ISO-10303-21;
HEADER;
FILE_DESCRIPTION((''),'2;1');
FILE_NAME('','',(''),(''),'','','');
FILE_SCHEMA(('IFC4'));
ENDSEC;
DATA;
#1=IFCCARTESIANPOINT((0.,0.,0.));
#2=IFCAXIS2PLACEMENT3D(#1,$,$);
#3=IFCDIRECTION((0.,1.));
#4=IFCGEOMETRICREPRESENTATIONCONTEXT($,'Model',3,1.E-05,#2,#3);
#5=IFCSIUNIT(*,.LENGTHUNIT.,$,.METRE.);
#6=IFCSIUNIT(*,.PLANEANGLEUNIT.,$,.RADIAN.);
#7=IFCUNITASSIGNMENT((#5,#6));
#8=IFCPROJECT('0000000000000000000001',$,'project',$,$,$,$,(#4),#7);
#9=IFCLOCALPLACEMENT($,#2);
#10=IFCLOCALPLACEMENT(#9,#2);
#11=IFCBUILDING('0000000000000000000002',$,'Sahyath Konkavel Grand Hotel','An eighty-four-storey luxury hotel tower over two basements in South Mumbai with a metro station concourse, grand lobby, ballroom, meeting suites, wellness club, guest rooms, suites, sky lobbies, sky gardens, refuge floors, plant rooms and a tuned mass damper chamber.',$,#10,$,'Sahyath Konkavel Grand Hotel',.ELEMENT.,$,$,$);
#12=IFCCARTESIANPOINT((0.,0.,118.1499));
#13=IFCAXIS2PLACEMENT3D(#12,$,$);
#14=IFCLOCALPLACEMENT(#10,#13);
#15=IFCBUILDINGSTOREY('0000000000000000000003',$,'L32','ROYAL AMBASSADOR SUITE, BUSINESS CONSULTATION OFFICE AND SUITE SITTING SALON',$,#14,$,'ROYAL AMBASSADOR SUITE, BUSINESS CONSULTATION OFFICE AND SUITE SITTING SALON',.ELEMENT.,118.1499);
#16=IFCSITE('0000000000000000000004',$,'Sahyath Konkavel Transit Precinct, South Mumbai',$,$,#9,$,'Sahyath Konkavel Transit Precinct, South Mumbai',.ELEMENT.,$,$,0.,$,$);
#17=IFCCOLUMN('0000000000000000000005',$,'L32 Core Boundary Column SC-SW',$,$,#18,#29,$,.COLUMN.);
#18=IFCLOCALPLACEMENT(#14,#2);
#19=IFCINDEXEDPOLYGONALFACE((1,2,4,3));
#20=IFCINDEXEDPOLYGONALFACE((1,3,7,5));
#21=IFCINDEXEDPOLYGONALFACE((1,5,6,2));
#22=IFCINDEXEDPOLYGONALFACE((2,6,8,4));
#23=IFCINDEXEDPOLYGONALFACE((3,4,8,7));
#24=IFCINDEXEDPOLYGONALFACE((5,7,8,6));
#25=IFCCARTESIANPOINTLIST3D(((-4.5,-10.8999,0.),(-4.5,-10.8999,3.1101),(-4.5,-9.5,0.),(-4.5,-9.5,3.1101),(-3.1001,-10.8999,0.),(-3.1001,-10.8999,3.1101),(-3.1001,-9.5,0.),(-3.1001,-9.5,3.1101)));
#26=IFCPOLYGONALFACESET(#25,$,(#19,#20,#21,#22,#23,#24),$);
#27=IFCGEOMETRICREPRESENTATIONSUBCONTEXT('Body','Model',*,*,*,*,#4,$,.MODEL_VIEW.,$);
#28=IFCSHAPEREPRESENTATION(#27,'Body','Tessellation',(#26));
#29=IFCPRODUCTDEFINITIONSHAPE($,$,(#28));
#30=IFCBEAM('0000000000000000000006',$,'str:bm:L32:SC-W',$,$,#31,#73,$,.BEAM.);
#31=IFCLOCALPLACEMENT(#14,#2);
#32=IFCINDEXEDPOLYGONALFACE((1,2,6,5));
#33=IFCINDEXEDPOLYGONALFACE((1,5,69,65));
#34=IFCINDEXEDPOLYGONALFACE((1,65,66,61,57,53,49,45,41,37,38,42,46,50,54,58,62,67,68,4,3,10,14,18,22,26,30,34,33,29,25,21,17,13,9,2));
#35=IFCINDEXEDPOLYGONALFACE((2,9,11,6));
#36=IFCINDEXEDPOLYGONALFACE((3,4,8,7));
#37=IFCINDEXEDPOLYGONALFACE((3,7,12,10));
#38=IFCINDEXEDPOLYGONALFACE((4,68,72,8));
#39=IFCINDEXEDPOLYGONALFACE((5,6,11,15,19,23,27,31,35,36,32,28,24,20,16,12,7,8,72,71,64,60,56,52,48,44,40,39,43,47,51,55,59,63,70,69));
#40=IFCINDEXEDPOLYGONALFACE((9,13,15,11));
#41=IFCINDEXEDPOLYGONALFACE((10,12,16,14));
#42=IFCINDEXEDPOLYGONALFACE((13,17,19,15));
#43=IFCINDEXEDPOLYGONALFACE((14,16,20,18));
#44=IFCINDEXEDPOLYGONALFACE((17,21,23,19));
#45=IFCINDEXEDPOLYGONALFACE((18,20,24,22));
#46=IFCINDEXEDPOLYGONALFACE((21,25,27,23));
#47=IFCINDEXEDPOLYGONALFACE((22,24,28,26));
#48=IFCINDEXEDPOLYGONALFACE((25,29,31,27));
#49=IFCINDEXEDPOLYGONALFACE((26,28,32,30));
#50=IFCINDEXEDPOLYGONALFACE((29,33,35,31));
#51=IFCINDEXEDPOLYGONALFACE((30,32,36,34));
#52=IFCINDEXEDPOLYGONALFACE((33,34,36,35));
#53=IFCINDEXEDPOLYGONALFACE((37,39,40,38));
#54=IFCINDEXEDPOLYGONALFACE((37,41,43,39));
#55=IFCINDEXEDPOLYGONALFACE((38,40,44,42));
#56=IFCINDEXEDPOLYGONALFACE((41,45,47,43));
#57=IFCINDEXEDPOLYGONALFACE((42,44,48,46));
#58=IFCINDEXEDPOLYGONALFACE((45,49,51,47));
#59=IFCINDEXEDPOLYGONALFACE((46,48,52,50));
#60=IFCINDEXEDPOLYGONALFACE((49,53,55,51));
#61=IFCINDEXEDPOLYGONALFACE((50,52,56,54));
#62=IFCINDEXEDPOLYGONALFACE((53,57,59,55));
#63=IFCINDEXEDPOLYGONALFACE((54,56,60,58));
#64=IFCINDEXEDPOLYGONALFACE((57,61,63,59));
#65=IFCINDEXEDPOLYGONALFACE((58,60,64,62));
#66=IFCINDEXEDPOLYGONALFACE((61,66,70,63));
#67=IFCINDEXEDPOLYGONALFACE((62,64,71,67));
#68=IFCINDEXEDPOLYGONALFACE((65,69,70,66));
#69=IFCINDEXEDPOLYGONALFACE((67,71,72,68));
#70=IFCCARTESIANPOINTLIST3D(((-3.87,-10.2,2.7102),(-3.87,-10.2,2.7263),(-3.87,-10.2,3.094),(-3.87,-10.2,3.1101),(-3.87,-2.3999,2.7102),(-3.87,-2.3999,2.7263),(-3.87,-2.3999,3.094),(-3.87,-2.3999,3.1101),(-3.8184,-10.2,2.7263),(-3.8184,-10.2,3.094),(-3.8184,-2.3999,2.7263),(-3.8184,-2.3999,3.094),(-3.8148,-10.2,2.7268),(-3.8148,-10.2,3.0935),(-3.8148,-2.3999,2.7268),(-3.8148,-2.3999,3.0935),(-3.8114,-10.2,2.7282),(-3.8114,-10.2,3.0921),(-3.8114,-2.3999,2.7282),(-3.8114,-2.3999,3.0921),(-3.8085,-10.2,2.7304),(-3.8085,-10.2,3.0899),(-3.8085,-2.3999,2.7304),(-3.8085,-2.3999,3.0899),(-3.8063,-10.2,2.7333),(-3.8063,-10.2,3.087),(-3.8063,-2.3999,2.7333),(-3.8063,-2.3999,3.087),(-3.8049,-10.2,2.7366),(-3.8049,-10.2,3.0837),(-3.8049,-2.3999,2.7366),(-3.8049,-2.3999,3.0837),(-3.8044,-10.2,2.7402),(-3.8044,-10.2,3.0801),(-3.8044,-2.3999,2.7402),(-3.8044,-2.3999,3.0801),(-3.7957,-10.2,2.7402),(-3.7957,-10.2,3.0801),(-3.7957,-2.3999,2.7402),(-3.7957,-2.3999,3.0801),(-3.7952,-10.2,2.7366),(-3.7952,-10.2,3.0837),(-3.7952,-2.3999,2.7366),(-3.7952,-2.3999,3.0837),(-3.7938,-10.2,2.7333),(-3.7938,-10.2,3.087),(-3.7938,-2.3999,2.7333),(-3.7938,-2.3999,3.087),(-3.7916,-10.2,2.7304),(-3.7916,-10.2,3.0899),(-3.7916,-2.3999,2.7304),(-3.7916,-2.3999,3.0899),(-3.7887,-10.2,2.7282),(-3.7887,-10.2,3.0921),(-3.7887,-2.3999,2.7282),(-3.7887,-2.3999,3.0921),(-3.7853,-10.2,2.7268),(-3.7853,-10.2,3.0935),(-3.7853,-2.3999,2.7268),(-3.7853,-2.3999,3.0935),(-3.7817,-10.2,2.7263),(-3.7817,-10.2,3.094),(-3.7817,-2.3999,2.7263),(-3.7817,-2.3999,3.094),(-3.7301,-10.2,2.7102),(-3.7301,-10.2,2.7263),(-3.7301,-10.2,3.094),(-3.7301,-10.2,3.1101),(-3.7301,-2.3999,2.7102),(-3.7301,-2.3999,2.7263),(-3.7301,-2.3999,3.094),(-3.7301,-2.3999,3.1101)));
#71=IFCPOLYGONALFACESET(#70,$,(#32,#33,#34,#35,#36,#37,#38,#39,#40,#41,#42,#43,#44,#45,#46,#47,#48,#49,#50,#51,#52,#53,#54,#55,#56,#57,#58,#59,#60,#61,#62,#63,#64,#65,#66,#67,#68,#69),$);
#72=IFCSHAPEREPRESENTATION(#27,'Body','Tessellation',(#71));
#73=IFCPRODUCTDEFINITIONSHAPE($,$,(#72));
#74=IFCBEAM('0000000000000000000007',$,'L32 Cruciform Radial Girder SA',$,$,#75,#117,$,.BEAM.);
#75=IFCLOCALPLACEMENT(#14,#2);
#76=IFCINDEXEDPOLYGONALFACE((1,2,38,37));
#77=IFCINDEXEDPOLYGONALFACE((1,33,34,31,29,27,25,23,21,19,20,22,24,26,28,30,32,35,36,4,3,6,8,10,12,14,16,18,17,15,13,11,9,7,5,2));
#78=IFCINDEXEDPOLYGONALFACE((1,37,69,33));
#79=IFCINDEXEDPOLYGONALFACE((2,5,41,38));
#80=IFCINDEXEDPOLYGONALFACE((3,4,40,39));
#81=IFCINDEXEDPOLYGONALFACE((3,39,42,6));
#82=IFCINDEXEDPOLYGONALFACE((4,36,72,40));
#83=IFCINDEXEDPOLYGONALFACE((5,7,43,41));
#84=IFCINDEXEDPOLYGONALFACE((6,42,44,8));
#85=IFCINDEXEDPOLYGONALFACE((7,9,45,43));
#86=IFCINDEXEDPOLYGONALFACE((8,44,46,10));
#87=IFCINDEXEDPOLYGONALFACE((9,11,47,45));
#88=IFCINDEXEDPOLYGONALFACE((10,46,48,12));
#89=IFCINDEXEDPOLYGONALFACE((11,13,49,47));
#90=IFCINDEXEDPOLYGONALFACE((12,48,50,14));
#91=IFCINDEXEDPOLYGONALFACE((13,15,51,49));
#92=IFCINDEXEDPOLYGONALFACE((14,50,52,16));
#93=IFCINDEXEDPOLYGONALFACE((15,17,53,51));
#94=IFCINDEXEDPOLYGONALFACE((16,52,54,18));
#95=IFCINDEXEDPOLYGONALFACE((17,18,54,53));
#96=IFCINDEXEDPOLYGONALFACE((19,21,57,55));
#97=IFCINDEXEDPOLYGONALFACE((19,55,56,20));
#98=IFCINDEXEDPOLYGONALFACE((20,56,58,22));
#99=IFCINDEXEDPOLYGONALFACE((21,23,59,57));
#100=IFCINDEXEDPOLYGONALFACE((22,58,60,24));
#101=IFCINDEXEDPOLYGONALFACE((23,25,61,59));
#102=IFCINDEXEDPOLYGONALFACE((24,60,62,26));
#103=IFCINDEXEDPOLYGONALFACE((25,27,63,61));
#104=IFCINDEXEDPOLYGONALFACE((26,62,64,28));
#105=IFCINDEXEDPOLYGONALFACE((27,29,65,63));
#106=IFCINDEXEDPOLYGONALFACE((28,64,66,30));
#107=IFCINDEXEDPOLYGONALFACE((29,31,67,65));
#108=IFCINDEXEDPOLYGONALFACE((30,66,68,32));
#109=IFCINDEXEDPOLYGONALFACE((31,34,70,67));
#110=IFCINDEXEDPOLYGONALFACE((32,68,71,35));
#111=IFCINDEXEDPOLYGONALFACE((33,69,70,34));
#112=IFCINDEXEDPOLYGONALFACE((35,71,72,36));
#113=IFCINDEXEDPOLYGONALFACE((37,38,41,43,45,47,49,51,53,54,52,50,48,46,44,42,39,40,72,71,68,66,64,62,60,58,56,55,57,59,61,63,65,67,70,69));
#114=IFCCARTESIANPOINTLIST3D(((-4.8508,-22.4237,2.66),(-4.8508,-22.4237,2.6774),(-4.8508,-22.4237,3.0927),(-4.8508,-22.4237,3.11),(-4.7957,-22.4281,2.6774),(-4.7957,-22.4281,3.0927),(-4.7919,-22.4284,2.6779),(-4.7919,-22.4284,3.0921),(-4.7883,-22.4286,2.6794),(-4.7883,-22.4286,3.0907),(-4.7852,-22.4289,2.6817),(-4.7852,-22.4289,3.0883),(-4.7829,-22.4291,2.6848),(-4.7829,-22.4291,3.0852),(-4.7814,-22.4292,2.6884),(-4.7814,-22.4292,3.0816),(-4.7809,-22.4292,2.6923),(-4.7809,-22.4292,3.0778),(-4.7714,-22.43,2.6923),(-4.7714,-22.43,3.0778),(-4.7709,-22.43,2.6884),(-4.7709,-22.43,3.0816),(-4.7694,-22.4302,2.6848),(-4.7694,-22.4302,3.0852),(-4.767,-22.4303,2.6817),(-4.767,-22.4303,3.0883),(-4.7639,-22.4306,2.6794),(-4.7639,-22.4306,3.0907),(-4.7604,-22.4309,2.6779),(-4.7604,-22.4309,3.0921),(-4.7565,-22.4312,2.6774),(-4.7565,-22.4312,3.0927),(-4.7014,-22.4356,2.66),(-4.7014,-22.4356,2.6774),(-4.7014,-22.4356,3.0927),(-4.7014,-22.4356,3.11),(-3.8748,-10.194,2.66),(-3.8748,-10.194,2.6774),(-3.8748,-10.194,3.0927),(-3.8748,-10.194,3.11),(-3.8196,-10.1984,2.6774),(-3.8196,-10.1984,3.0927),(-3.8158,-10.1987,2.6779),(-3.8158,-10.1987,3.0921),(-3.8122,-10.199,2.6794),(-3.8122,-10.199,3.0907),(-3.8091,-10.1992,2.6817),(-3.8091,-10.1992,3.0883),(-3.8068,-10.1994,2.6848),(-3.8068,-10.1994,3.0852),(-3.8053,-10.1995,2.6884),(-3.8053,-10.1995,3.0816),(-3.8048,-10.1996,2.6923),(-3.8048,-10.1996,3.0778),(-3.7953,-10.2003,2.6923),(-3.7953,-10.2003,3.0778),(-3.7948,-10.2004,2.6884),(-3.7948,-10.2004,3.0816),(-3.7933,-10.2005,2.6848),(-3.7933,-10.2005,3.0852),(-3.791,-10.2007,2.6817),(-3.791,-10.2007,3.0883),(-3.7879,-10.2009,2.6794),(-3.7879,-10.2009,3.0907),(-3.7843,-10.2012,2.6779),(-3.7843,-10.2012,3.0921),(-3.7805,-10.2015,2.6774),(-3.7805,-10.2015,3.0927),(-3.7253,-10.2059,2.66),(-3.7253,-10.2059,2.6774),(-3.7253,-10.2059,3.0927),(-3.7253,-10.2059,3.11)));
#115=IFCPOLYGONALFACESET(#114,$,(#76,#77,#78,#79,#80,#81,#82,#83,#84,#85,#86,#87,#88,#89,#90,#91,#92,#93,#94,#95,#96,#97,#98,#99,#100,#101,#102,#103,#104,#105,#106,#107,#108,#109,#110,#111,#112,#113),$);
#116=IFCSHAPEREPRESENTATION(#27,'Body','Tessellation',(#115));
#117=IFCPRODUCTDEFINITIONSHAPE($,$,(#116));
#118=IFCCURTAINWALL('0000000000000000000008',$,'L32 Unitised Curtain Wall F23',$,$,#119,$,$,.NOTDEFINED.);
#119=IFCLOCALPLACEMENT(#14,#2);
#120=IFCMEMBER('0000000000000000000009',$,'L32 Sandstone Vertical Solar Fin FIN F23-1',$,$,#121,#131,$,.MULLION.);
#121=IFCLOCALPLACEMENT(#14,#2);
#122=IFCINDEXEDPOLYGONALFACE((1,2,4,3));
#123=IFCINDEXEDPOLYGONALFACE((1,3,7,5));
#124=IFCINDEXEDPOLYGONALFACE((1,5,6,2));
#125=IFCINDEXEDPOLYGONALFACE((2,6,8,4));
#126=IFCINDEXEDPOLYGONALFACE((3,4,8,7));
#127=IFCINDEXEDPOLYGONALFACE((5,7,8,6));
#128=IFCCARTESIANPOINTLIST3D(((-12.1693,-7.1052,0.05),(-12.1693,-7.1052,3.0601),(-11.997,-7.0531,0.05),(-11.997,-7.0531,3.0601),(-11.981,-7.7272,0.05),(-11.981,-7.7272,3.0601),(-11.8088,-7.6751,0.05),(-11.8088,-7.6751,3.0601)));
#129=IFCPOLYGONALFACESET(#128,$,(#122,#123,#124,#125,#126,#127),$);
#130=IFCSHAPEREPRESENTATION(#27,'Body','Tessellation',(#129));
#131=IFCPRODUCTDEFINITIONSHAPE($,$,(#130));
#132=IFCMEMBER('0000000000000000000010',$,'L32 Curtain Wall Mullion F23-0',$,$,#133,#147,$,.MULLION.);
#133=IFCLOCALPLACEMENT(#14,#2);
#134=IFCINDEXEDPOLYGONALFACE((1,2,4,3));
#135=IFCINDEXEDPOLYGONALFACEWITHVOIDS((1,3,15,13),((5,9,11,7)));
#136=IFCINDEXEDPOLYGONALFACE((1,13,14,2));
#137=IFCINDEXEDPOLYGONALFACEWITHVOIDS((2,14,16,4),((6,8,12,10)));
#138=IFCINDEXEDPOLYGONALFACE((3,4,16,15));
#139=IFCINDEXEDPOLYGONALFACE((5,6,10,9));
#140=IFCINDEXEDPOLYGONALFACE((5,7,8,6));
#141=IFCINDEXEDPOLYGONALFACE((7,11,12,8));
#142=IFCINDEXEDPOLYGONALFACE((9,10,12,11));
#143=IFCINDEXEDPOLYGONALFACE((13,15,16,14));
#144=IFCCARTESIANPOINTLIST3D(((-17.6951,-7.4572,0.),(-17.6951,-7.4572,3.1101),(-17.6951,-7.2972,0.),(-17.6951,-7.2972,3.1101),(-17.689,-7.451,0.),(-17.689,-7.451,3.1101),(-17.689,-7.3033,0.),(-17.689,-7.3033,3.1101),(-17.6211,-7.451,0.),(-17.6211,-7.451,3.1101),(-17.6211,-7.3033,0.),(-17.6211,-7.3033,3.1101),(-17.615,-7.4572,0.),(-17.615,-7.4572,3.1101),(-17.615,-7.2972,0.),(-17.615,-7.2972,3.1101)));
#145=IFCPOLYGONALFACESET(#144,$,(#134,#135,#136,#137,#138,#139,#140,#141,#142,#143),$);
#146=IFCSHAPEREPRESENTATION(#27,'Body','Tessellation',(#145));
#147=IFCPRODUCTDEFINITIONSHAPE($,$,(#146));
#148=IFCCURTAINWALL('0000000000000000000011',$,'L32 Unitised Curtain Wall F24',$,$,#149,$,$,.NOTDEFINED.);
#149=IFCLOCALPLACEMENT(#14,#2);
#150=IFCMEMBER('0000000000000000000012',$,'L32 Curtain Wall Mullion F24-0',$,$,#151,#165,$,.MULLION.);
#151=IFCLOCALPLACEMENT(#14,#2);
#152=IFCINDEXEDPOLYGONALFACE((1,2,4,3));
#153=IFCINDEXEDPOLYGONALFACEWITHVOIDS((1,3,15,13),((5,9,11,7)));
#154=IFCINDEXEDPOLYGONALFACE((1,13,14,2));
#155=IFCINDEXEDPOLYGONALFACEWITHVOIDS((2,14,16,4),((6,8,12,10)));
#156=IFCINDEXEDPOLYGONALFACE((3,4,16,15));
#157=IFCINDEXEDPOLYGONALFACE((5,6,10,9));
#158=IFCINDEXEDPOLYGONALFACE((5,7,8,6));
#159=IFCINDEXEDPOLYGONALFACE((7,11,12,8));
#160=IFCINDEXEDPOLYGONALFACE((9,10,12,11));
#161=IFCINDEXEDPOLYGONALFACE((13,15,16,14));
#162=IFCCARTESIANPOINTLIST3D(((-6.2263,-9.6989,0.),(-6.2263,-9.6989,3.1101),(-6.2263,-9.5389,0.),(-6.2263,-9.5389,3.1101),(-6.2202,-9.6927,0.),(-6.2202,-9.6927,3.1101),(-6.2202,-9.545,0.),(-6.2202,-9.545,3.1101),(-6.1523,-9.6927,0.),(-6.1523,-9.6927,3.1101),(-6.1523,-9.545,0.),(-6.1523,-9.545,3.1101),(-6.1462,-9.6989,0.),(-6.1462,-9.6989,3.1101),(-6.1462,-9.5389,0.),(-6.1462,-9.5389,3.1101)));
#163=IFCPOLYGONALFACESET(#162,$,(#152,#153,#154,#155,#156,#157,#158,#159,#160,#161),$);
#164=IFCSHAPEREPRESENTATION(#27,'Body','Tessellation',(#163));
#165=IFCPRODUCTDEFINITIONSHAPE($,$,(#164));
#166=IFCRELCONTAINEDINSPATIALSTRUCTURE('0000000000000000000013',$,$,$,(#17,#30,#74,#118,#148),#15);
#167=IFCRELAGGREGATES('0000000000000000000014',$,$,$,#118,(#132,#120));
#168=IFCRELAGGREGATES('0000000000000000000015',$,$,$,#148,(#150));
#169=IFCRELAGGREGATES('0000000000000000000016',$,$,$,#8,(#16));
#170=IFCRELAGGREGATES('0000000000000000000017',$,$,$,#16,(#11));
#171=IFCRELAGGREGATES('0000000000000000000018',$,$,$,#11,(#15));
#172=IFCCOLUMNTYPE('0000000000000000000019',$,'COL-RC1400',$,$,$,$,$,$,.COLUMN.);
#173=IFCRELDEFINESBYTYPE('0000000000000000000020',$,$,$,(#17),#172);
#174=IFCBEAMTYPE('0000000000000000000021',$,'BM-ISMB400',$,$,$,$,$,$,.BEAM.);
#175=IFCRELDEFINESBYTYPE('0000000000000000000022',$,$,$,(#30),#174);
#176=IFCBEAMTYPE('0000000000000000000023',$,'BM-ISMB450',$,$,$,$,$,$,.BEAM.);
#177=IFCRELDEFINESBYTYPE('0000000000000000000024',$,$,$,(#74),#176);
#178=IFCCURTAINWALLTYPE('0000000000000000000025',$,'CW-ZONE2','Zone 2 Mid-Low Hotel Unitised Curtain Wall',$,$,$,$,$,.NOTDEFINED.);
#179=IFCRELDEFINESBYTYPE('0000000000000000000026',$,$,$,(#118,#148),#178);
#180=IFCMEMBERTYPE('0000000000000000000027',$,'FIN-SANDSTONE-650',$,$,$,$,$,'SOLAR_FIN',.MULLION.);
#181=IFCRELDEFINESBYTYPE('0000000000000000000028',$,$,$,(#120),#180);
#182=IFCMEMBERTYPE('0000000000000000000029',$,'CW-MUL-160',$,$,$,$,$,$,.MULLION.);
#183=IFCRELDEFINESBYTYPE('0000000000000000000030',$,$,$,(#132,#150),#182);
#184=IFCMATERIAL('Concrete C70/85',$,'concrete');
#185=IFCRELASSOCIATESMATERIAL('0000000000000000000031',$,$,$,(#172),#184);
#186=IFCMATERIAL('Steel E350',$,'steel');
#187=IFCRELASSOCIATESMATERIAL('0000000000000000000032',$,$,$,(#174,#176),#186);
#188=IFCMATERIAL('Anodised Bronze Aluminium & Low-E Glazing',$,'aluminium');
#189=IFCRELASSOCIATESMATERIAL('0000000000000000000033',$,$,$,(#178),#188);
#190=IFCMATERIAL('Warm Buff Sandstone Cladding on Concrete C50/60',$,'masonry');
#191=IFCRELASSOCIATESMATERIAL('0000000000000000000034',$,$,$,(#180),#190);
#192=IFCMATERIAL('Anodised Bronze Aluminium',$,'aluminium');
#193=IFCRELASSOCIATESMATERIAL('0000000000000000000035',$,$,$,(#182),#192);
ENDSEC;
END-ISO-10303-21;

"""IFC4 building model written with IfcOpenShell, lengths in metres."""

from ifc_helpers import new_model, si_unit, direction, frame, origin, origin_2d, place, context, subcontext, project, spatial, rectangle, hollow_rectangle, i_section, extrude, source, transform, mapped, material, material_profile, profile_set, type_object, element, aggregate, save


model = new_model("IFC4")

# Units and contexts
model_context = context("Model", 3, precision=1e-05, world=origin(), true_north=direction((0.0, 1.0)))
body_context = subcontext(model_context, "Body", "Model", "MODEL_VIEW")
ifc_project = project(units=[si_unit("LENGTHUNIT", "METRE"), si_unit("PLANEANGLEUNIT", "RADIAN")], contexts=[model_context])

# Site, building, storey
site_placement = place(None, origin())
site = spatial("IfcSite", under=ifc_project, at=site_placement, Name="Sahyath Konkavel Transit Precinct, South Mumbai", LongName="Sahyath Konkavel Transit Precinct, South Mumbai", CompositionType="ELEMENT", RefElevation=0.0)
building_placement = place(site_placement, origin())
building = spatial("IfcBuilding", under=site, at=building_placement, Name="Sahyath Konkavel Grand Hotel", Description="An eighty-four-storey luxury hotel tower over two basements in South Mumbai with a metro station concourse, grand lobby, ballroom, meeting suites, wellness club, guest rooms, suites, sky lobbies, sky gardens, refuge floors, plant rooms and a tuned mass damper chamber.", LongName="Sahyath Konkavel Grand Hotel", CompositionType="ELEMENT")
storey_placement = place(building_placement, frame((0.0, 0.0, 118.1499)))
storey = spatial("IfcBuildingStorey", under=building, at=storey_placement, Name="L32", Description="ROYAL AMBASSADOR SUITE, BUSINESS CONSULTATION OFFICE AND SUITE SITTING SALON", LongName="ROYAL AMBASSADOR SUITE, BUSINESS CONSULTATION OFFICE AND SUITE SITTING SALON", CompositionType="ELEMENT", Elevation=118.1499)

# Column
ifc_material_1 = material(Name="Concrete C70/85", Category="concrete")
ifc_material_profile_1 = material_profile(ifc_material_1, rectangle(XDim=1.3999, YDim=1.3999, at=origin_2d()), Name="RC 1400x1400")
ifc_profile_set_1 = profile_set([ifc_material_profile_1], Name="Concrete C70/85")
column_type = type_object("IfcColumnType", Name="COL-RC1400", PredefinedType="COLUMN", material=ifc_profile_set_1)
shared_shape_1 = source(origin(), body_context, "Body", "SweptSolid", [
    extrude(rectangle(XDim=1.3999, YDim=1.3999, at=origin_2d()), origin(), (0.0, 0.0, 1.0), 3.1101),
])
column_placement = place(storey_placement, frame((-3.8, -10.2, 0.0), z_axis=(0.0, 0.0, 1.0), x_axis=(1.0, 0.0, 0.0)))
element("IfcColumn", 1, at=column_placement, inside=storey, type_object=column_type, Name="L32 Core Boundary Column SC-SW", PredefinedType="COLUMN", context=body_context, shape_type="MappedRepresentation", body=[
    mapped(shared_shape_1, transform((0.0, 0.0, 0.0), scale=1.0)),
])

# Beams
ifc_material_2 = material(Name="Steel E350", Category="steel")
ifc_material_profile_2 = material_profile(ifc_material_2, i_section(OverallWidth=0.1399, OverallDepth=0.3999, WebThickness=0.0088, FlangeThickness=0.0161, FilletRadius=0.0139, at=origin_2d()), Name="ISMB 400")
ifc_profile_set_2 = profile_set([ifc_material_profile_2], Name="Steel E350")
beam_type_1 = type_object("IfcBeamType", Name="BM-ISMB400", PredefinedType="BEAM", material=ifc_profile_set_2)
shared_shape_2 = source(origin(), body_context, "Body", "SweptSolid", [
    extrude(i_section(OverallWidth=0.1399, OverallDepth=0.3999, WebThickness=0.0088, FlangeThickness=0.0161, FilletRadius=0.0139, at=origin_2d()), origin(), (0.0, 0.0, 1.0), 7.8),
])
beam_1_placement = place(storey_placement, frame((-3.8, -10.2, 2.9102), z_axis=(0.0, 1.0, 0.0), x_axis=(-1.0, 0.0, 0.0)))
element("IfcBeam", 2, at=beam_1_placement, inside=storey, type_object=beam_type_1, Name="str:bm:L32:SC-W", PredefinedType="BEAM", context=body_context, shape_type="MappedRepresentation", body=[
    mapped(shared_shape_2, transform((0.0, 0.0, 0.0), scale=1.0)),
])
ifc_material_profile_3 = material_profile(ifc_material_2, i_section(OverallWidth=0.1499, OverallDepth=0.45, WebThickness=0.0095, FlangeThickness=0.0173, FilletRadius=0.0149, at=origin_2d()), Name="ISMB 450")
ifc_profile_set_3 = profile_set([ifc_material_profile_3], Name="Steel E350")
beam_type_2 = type_object("IfcBeamType", Name="BM-ISMB450", PredefinedType="BEAM", material=ifc_profile_set_3)
shared_shape_3 = source(origin(), body_context, "Body", "SweptSolid", [
    extrude(i_section(OverallWidth=0.1499, OverallDepth=0.45, WebThickness=0.0095, FlangeThickness=0.0173, FilletRadius=0.0149, at=origin_2d()), origin(), (0.0, 0.0, 1.0), 12.2686),
])
beam_2_placement = place(storey_placement, frame((-3.8, -10.2, 2.885), z_axis=(-0.079559, -0.99683, 0.0), x_axis=(0.99683, -0.079559, 0.0)))
element("IfcBeam", 3, at=beam_2_placement, inside=storey, type_object=beam_type_2, Name="L32 Cruciform Radial Girder SA", PredefinedType="BEAM", context=body_context, shape_type="MappedRepresentation", body=[
    mapped(shared_shape_3, transform((0.0, 0.0, 0.0), scale=1.0)),
])

# Curtain wall, members
ifc_material_3 = material(Name="Anodised Bronze Aluminium & Low-E Glazing", Category="aluminium")
curtain_wall_type = type_object("IfcCurtainWallType", Name="CW-ZONE2", Description="Zone 2 Mid-Low Hotel Unitised Curtain Wall", PredefinedType="NOTDEFINED", material=ifc_material_3)
curtain_wall_1_placement = place(storey_placement, origin())
curtain_wall_1 = element("IfcCurtainWall", 4, at=curtain_wall_1_placement, inside=storey, type_object=curtain_wall_type, Name="L32 Unitised Curtain Wall F23", PredefinedType="NOTDEFINED")
ifc_material_4 = material(Name="Warm Buff Sandstone Cladding on Concrete C50/60", Category="masonry")
ifc_material_profile_4 = material_profile(ifc_material_4, rectangle(XDim=0.1799, YDim=0.6499, at=origin_2d()), Name="FIN 180x650")
ifc_profile_set_4 = profile_set([ifc_material_profile_4], Name="Warm Buff Sandstone Cladding on Concrete C50/60")
member_type_1 = type_object("IfcMemberType", Name="FIN-SANDSTONE-650", ElementType="SOLAR_FIN", PredefinedType="MULLION", material=ifc_profile_set_4)
shared_shape_4 = source(origin(), body_context, "Body", "SweptSolid", [
    extrude(rectangle(XDim=0.1799, YDim=0.6499, at=origin_2d()), origin(), (0.0, 0.0, 1.0), 3.01),
])
member_1_placement = place(storey_placement, frame((-11.989, -7.3901, 0.05), z_axis=(0.0, 0.0, 1.0), x_axis=(0.957117, 0.2897, 0.0)))
member_1 = element("IfcMember", 5, at=member_1_placement, type_object=member_type_1, Name="L32 Sandstone Vertical Solar Fin FIN F23-1", PredefinedType="MULLION", context=body_context, shape_type="MappedRepresentation", body=[
    mapped(shared_shape_4, transform((0.0, 0.0, 0.0), scale=1.0)),
])
ifc_material_5 = material(Name="Anodised Bronze Aluminium", Category="aluminium")
ifc_material_profile_5 = material_profile(ifc_material_5, hollow_rectangle(XDim=0.0801, YDim=0.1599, WallThickness=0.0061, at=origin_2d()), Name="RHS 160x80x6")
ifc_profile_set_5 = profile_set([ifc_material_profile_5], Name="Anodised Bronze Aluminium")
member_type_2 = type_object("IfcMemberType", Name="CW-MUL-160", PredefinedType="MULLION", material=ifc_profile_set_5)
shared_shape_5 = source(origin(), body_context, "Body", "SweptSolid", [
    extrude(hollow_rectangle(XDim=0.0801, YDim=0.1599, WallThickness=0.0061, at=origin_2d()), origin(), (0.0, 0.0, 1.0), 3.1101),
])
member_2_placement = place(storey_placement, frame((-17.655, -7.3772, 0.0), z_axis=(0.0, 0.0, 1.0), x_axis=(1.0, 0.0, 0.0)))
member_2 = element("IfcMember", 6, at=member_2_placement, type_object=member_type_2, Name="L32 Curtain Wall Mullion F23-0", PredefinedType="MULLION", context=body_context, shape_type="MappedRepresentation", body=[
    mapped(shared_shape_5, transform((0.0, 0.0, 0.0), scale=1.0)),
])

# Curtain wall, member
curtain_wall_2_placement = place(storey_placement, origin())
curtain_wall_2 = element("IfcCurtainWall", 7, at=curtain_wall_2_placement, inside=storey, type_object=curtain_wall_type, Name="L32 Unitised Curtain Wall F24", PredefinedType="NOTDEFINED")
member_3_placement = place(storey_placement, frame((-6.1863, -9.6189, 0.0), z_axis=(0.0, 0.0, 1.0), x_axis=(1.0, 0.0, 0.0)))
member_3 = element("IfcMember", 8, at=member_3_placement, type_object=member_type_2, Name="L32 Curtain Wall Mullion F24-0", PredefinedType="MULLION", context=body_context, shape_type="MappedRepresentation", body=[
    mapped(shared_shape_5, transform((0.0, 0.0, 0.0), scale=1.0)),
])

aggregate(curtain_wall_1, [member_2, member_1])
aggregate(curtain_wall_2, [member_3])

save(model, "model.ifc")
